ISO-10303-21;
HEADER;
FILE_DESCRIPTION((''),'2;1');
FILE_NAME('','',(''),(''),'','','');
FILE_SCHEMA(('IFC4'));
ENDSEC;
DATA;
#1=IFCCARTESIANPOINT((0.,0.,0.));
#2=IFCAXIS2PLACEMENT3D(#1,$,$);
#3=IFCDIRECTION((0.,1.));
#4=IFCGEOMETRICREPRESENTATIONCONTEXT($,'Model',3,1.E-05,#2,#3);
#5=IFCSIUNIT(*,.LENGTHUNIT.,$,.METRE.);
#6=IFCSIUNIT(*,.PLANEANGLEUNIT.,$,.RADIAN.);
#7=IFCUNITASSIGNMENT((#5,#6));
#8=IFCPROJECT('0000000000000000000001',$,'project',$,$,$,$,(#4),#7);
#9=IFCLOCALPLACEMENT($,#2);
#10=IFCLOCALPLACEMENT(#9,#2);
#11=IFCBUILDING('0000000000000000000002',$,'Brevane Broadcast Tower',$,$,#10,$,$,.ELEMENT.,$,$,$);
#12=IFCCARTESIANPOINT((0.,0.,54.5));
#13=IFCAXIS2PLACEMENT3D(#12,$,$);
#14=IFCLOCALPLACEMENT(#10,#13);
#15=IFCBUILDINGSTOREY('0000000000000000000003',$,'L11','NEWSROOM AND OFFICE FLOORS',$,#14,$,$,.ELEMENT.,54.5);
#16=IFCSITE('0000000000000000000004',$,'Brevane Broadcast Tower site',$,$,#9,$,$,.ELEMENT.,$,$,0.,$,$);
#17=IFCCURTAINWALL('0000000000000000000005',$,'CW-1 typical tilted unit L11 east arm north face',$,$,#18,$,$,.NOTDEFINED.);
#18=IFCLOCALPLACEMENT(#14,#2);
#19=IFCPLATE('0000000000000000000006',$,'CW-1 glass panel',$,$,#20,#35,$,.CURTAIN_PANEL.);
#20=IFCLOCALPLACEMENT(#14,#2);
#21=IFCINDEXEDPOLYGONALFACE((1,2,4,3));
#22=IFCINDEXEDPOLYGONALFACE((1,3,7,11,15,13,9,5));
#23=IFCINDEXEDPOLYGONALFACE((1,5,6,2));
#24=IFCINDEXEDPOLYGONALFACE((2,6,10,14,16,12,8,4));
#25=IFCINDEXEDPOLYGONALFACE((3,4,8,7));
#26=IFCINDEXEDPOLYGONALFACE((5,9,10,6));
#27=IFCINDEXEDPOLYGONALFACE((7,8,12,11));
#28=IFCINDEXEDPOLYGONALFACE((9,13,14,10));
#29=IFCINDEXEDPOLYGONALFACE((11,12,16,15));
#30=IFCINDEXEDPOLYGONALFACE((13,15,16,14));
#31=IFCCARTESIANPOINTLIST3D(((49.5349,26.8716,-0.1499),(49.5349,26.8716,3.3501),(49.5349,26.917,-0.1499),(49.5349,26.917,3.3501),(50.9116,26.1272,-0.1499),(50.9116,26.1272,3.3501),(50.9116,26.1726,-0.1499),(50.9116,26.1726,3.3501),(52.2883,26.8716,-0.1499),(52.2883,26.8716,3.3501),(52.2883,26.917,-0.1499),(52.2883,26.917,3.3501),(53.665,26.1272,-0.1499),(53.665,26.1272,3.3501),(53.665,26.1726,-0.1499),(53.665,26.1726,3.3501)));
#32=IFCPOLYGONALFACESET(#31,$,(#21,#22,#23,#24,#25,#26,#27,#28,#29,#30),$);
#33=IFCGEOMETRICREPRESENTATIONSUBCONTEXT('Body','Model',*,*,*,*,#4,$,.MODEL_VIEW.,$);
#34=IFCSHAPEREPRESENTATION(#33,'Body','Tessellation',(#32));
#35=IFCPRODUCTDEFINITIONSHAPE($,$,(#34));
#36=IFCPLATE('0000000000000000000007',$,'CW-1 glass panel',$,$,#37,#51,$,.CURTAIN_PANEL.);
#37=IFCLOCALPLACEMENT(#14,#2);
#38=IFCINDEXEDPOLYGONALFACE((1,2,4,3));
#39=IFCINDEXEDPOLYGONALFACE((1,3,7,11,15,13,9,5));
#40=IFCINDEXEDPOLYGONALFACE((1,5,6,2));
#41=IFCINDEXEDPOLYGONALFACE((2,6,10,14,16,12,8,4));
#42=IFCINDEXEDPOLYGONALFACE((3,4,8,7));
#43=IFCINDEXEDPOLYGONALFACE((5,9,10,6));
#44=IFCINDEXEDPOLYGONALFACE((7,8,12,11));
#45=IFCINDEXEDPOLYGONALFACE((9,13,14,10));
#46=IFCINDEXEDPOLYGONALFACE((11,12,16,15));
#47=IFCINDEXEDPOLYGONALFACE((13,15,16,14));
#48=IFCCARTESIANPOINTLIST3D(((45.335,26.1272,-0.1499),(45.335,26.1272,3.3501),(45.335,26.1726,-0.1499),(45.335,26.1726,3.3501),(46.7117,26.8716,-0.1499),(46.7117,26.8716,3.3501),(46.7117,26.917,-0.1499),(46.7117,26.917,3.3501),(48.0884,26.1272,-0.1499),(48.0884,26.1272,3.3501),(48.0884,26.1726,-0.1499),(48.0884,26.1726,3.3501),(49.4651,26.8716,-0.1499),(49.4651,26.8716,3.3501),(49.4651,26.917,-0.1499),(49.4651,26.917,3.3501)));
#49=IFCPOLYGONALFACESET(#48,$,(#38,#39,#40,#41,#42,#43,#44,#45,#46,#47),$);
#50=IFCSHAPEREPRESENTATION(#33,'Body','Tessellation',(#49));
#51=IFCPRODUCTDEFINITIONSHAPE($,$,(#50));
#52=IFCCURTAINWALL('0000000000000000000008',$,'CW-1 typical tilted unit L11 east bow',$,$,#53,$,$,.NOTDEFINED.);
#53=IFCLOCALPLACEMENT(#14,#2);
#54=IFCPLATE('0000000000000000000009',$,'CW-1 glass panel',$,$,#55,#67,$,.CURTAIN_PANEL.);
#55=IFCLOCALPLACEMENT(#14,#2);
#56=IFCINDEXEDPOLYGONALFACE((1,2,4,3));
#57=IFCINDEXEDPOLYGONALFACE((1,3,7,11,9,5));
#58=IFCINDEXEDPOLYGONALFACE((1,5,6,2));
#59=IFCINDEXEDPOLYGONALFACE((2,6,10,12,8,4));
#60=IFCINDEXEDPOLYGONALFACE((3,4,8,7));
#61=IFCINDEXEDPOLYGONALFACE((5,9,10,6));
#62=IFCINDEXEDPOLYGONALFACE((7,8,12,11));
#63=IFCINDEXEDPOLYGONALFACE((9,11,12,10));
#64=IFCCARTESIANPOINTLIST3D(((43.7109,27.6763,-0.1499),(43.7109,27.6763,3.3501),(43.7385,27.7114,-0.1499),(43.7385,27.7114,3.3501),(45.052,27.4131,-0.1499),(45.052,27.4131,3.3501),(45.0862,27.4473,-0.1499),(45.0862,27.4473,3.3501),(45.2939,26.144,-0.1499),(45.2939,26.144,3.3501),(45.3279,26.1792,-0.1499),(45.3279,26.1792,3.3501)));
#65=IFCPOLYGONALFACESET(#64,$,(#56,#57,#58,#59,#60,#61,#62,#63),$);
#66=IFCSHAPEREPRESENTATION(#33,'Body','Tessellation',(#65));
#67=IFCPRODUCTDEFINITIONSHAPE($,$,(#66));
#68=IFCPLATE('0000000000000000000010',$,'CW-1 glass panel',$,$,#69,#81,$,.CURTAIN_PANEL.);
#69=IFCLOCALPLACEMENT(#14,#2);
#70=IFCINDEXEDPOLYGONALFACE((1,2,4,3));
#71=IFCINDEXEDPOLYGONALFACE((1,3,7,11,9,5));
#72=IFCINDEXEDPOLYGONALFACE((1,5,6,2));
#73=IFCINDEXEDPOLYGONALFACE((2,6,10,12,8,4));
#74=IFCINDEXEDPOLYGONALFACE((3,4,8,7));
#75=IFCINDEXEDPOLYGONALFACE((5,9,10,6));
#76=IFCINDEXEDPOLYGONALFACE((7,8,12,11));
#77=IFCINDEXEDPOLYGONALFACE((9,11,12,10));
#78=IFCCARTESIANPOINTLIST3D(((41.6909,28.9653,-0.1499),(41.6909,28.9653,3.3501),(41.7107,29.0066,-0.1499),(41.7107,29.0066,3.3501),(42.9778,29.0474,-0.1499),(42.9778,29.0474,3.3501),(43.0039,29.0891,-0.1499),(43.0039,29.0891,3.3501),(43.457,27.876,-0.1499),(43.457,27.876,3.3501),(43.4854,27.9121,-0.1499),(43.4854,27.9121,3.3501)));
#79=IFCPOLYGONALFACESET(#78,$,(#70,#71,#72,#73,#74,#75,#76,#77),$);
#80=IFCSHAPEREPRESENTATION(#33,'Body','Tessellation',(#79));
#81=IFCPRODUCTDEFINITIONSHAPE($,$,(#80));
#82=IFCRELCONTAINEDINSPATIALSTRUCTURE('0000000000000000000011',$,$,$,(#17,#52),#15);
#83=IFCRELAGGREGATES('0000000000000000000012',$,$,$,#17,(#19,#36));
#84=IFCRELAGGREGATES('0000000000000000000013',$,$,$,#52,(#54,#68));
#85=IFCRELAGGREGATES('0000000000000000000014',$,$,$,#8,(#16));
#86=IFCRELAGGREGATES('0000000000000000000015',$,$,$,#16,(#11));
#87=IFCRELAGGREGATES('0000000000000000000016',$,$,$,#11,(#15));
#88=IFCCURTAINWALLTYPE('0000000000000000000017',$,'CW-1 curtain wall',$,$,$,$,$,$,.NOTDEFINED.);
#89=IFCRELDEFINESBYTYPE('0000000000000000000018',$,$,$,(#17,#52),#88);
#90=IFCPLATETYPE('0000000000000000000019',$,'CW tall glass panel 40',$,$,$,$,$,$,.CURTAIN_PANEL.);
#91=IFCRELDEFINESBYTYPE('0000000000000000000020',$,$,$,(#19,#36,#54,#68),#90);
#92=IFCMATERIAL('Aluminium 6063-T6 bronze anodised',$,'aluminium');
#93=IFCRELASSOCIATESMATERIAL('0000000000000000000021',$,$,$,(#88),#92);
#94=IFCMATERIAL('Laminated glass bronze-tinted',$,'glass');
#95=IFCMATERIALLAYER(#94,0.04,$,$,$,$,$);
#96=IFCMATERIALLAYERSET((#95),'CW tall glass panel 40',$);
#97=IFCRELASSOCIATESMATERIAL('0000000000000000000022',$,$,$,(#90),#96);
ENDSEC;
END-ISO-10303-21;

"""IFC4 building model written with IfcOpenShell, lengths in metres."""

from ifc_helpers import new_model, si_unit, direction, frame, origin, place, context, subcontext, project, spatial, polyline, outline, extrude, material, layer, layer_set, type_object, element, aggregate, save


model = new_model("IFC4")

# Units and contexts
model_context = context("Model", 3, precision=1e-05, world=origin(), true_north=direction((0.0, 1.0)))
body_context = subcontext(model_context, "Body", "Model", "MODEL_VIEW")
ifc_project = project(units=[si_unit("LENGTHUNIT", "METRE"), si_unit("PLANEANGLEUNIT", "RADIAN")], contexts=[model_context])

# Site, building, storey
site_placement = place(None, origin())
site = spatial("IfcSite", under=ifc_project, at=site_placement, Name="Brevane Broadcast Tower site", CompositionType="ELEMENT", RefElevation=0.0)
building_placement = place(site_placement, origin())
building = spatial("IfcBuilding", under=site, at=building_placement, Name="Brevane Broadcast Tower", CompositionType="ELEMENT")
storey_placement = place(building_placement, frame((0.0, 0.0, 54.5)))
storey = spatial("IfcBuildingStorey", under=building, at=storey_placement, Name="L11", Description="NEWSROOM AND OFFICE FLOORS", CompositionType="ELEMENT", Elevation=54.5)

# Curtain walls, plates
ifc_material_1 = material(Name="Aluminium 6063-T6 bronze anodised", Category="aluminium")
curtain_wall_type = type_object("IfcCurtainWallType", Name="CW-1 curtain wall", PredefinedType="NOTDEFINED", material=ifc_material_1)
ifc_material_2 = material(Name="Laminated glass bronze-tinted", Category="glass")
ifc_layer = layer(ifc_material_2, 0.04)
ifc_layer_set = layer_set([ifc_layer], Name="CW tall glass panel 40")
plate_type = type_object("IfcPlateType", Name="CW tall glass panel 40", PredefinedType="CURTAIN_PANEL", material=ifc_layer_set)
curtain_wall_1_placement = place(storey_placement, origin())
curtain_wall_1 = element("IfcCurtainWall", 1, at=curtain_wall_1_placement, inside=storey, type_object=curtain_wall_type, Name="CW-1 typical tilted unit L11 east arm north face", PredefinedType="NOTDEFINED")
plate_1_placement = place(storey_placement, frame((0.0, 0.0, -0.1499)))
plate_1 = element("IfcPlate", 2, at=plate_1_placement, type_object=plate_type, Name="CW-1 glass panel", PredefinedType="CURTAIN_PANEL", context=body_context, shape_type="SweptSolid", body=[
    extrude(outline(polyline([(53.665, 26.1272), (53.665, 26.1726), (52.2883, 26.917), (50.9116, 26.1726), (49.5349, 26.917), (49.5349, 26.8716), (50.9116, 26.1272), (52.2883, 26.8716), (53.665, 26.1272)])), origin(), (0.0, 0.0, 1.0), 3.5),
])
plate_2_placement = place(storey_placement, frame((0.0, 0.0, -0.1499)))
plate_2 = element("IfcPlate", 3, at=plate_2_placement, type_object=plate_type, Name="CW-1 glass panel", PredefinedType="CURTAIN_PANEL", context=body_context, shape_type="SweptSolid", body=[
    extrude(outline(polyline([(49.4651, 26.8716), (49.4651, 26.917), (48.0884, 26.1726), (46.7117, 26.917), (45.335, 26.1726), (45.335, 26.1272), (46.7117, 26.8716), (48.0884, 26.1272), (49.4651, 26.8716)])), origin(), (0.0, 0.0, 1.0), 3.5),
])
aggregate(curtain_wall_1, [plate_1, plate_2])
curtain_wall_2_placement = place(storey_placement, origin())
curtain_wall_2 = element("IfcCurtainWall", 4, at=curtain_wall_2_placement, inside=storey, type_object=curtain_wall_type, Name="CW-1 typical tilted unit L11 east bow", PredefinedType="NOTDEFINED")
plate_3_placement = place(storey_placement, frame((0.0, 0.0, -0.1499)))
plate_3 = element("IfcPlate", 5, at=plate_3_placement, type_object=plate_type, Name="CW-1 glass panel", PredefinedType="CURTAIN_PANEL", context=body_context, shape_type="SweptSolid", body=[
    extrude(outline(polyline([(45.2939, 26.144), (45.3279, 26.1792), (45.0862, 27.4473), (43.7385, 27.7114), (43.7109, 27.6763), (45.052, 27.4131), (45.2939, 26.144)])), origin(), (0.0, 0.0, 1.0), 3.5),
])
plate_4_placement = place(storey_placement, frame((0.0, 0.0, -0.1499)))
plate_4 = element("IfcPlate", 6, at=plate_4_placement, type_object=plate_type, Name="CW-1 glass panel", PredefinedType="CURTAIN_PANEL", context=body_context, shape_type="SweptSolid", body=[
    extrude(outline(polyline([(43.457, 27.876), (43.4854, 27.9121), (43.0039, 29.0891), (41.7107, 29.0066), (41.6909, 28.9653), (42.9778, 29.0474), (43.457, 27.876)])), origin(), (0.0, 0.0, 1.0), 3.5),
])
aggregate(curtain_wall_2, [plate_3, plate_4])

save(model, "model.ifc")
